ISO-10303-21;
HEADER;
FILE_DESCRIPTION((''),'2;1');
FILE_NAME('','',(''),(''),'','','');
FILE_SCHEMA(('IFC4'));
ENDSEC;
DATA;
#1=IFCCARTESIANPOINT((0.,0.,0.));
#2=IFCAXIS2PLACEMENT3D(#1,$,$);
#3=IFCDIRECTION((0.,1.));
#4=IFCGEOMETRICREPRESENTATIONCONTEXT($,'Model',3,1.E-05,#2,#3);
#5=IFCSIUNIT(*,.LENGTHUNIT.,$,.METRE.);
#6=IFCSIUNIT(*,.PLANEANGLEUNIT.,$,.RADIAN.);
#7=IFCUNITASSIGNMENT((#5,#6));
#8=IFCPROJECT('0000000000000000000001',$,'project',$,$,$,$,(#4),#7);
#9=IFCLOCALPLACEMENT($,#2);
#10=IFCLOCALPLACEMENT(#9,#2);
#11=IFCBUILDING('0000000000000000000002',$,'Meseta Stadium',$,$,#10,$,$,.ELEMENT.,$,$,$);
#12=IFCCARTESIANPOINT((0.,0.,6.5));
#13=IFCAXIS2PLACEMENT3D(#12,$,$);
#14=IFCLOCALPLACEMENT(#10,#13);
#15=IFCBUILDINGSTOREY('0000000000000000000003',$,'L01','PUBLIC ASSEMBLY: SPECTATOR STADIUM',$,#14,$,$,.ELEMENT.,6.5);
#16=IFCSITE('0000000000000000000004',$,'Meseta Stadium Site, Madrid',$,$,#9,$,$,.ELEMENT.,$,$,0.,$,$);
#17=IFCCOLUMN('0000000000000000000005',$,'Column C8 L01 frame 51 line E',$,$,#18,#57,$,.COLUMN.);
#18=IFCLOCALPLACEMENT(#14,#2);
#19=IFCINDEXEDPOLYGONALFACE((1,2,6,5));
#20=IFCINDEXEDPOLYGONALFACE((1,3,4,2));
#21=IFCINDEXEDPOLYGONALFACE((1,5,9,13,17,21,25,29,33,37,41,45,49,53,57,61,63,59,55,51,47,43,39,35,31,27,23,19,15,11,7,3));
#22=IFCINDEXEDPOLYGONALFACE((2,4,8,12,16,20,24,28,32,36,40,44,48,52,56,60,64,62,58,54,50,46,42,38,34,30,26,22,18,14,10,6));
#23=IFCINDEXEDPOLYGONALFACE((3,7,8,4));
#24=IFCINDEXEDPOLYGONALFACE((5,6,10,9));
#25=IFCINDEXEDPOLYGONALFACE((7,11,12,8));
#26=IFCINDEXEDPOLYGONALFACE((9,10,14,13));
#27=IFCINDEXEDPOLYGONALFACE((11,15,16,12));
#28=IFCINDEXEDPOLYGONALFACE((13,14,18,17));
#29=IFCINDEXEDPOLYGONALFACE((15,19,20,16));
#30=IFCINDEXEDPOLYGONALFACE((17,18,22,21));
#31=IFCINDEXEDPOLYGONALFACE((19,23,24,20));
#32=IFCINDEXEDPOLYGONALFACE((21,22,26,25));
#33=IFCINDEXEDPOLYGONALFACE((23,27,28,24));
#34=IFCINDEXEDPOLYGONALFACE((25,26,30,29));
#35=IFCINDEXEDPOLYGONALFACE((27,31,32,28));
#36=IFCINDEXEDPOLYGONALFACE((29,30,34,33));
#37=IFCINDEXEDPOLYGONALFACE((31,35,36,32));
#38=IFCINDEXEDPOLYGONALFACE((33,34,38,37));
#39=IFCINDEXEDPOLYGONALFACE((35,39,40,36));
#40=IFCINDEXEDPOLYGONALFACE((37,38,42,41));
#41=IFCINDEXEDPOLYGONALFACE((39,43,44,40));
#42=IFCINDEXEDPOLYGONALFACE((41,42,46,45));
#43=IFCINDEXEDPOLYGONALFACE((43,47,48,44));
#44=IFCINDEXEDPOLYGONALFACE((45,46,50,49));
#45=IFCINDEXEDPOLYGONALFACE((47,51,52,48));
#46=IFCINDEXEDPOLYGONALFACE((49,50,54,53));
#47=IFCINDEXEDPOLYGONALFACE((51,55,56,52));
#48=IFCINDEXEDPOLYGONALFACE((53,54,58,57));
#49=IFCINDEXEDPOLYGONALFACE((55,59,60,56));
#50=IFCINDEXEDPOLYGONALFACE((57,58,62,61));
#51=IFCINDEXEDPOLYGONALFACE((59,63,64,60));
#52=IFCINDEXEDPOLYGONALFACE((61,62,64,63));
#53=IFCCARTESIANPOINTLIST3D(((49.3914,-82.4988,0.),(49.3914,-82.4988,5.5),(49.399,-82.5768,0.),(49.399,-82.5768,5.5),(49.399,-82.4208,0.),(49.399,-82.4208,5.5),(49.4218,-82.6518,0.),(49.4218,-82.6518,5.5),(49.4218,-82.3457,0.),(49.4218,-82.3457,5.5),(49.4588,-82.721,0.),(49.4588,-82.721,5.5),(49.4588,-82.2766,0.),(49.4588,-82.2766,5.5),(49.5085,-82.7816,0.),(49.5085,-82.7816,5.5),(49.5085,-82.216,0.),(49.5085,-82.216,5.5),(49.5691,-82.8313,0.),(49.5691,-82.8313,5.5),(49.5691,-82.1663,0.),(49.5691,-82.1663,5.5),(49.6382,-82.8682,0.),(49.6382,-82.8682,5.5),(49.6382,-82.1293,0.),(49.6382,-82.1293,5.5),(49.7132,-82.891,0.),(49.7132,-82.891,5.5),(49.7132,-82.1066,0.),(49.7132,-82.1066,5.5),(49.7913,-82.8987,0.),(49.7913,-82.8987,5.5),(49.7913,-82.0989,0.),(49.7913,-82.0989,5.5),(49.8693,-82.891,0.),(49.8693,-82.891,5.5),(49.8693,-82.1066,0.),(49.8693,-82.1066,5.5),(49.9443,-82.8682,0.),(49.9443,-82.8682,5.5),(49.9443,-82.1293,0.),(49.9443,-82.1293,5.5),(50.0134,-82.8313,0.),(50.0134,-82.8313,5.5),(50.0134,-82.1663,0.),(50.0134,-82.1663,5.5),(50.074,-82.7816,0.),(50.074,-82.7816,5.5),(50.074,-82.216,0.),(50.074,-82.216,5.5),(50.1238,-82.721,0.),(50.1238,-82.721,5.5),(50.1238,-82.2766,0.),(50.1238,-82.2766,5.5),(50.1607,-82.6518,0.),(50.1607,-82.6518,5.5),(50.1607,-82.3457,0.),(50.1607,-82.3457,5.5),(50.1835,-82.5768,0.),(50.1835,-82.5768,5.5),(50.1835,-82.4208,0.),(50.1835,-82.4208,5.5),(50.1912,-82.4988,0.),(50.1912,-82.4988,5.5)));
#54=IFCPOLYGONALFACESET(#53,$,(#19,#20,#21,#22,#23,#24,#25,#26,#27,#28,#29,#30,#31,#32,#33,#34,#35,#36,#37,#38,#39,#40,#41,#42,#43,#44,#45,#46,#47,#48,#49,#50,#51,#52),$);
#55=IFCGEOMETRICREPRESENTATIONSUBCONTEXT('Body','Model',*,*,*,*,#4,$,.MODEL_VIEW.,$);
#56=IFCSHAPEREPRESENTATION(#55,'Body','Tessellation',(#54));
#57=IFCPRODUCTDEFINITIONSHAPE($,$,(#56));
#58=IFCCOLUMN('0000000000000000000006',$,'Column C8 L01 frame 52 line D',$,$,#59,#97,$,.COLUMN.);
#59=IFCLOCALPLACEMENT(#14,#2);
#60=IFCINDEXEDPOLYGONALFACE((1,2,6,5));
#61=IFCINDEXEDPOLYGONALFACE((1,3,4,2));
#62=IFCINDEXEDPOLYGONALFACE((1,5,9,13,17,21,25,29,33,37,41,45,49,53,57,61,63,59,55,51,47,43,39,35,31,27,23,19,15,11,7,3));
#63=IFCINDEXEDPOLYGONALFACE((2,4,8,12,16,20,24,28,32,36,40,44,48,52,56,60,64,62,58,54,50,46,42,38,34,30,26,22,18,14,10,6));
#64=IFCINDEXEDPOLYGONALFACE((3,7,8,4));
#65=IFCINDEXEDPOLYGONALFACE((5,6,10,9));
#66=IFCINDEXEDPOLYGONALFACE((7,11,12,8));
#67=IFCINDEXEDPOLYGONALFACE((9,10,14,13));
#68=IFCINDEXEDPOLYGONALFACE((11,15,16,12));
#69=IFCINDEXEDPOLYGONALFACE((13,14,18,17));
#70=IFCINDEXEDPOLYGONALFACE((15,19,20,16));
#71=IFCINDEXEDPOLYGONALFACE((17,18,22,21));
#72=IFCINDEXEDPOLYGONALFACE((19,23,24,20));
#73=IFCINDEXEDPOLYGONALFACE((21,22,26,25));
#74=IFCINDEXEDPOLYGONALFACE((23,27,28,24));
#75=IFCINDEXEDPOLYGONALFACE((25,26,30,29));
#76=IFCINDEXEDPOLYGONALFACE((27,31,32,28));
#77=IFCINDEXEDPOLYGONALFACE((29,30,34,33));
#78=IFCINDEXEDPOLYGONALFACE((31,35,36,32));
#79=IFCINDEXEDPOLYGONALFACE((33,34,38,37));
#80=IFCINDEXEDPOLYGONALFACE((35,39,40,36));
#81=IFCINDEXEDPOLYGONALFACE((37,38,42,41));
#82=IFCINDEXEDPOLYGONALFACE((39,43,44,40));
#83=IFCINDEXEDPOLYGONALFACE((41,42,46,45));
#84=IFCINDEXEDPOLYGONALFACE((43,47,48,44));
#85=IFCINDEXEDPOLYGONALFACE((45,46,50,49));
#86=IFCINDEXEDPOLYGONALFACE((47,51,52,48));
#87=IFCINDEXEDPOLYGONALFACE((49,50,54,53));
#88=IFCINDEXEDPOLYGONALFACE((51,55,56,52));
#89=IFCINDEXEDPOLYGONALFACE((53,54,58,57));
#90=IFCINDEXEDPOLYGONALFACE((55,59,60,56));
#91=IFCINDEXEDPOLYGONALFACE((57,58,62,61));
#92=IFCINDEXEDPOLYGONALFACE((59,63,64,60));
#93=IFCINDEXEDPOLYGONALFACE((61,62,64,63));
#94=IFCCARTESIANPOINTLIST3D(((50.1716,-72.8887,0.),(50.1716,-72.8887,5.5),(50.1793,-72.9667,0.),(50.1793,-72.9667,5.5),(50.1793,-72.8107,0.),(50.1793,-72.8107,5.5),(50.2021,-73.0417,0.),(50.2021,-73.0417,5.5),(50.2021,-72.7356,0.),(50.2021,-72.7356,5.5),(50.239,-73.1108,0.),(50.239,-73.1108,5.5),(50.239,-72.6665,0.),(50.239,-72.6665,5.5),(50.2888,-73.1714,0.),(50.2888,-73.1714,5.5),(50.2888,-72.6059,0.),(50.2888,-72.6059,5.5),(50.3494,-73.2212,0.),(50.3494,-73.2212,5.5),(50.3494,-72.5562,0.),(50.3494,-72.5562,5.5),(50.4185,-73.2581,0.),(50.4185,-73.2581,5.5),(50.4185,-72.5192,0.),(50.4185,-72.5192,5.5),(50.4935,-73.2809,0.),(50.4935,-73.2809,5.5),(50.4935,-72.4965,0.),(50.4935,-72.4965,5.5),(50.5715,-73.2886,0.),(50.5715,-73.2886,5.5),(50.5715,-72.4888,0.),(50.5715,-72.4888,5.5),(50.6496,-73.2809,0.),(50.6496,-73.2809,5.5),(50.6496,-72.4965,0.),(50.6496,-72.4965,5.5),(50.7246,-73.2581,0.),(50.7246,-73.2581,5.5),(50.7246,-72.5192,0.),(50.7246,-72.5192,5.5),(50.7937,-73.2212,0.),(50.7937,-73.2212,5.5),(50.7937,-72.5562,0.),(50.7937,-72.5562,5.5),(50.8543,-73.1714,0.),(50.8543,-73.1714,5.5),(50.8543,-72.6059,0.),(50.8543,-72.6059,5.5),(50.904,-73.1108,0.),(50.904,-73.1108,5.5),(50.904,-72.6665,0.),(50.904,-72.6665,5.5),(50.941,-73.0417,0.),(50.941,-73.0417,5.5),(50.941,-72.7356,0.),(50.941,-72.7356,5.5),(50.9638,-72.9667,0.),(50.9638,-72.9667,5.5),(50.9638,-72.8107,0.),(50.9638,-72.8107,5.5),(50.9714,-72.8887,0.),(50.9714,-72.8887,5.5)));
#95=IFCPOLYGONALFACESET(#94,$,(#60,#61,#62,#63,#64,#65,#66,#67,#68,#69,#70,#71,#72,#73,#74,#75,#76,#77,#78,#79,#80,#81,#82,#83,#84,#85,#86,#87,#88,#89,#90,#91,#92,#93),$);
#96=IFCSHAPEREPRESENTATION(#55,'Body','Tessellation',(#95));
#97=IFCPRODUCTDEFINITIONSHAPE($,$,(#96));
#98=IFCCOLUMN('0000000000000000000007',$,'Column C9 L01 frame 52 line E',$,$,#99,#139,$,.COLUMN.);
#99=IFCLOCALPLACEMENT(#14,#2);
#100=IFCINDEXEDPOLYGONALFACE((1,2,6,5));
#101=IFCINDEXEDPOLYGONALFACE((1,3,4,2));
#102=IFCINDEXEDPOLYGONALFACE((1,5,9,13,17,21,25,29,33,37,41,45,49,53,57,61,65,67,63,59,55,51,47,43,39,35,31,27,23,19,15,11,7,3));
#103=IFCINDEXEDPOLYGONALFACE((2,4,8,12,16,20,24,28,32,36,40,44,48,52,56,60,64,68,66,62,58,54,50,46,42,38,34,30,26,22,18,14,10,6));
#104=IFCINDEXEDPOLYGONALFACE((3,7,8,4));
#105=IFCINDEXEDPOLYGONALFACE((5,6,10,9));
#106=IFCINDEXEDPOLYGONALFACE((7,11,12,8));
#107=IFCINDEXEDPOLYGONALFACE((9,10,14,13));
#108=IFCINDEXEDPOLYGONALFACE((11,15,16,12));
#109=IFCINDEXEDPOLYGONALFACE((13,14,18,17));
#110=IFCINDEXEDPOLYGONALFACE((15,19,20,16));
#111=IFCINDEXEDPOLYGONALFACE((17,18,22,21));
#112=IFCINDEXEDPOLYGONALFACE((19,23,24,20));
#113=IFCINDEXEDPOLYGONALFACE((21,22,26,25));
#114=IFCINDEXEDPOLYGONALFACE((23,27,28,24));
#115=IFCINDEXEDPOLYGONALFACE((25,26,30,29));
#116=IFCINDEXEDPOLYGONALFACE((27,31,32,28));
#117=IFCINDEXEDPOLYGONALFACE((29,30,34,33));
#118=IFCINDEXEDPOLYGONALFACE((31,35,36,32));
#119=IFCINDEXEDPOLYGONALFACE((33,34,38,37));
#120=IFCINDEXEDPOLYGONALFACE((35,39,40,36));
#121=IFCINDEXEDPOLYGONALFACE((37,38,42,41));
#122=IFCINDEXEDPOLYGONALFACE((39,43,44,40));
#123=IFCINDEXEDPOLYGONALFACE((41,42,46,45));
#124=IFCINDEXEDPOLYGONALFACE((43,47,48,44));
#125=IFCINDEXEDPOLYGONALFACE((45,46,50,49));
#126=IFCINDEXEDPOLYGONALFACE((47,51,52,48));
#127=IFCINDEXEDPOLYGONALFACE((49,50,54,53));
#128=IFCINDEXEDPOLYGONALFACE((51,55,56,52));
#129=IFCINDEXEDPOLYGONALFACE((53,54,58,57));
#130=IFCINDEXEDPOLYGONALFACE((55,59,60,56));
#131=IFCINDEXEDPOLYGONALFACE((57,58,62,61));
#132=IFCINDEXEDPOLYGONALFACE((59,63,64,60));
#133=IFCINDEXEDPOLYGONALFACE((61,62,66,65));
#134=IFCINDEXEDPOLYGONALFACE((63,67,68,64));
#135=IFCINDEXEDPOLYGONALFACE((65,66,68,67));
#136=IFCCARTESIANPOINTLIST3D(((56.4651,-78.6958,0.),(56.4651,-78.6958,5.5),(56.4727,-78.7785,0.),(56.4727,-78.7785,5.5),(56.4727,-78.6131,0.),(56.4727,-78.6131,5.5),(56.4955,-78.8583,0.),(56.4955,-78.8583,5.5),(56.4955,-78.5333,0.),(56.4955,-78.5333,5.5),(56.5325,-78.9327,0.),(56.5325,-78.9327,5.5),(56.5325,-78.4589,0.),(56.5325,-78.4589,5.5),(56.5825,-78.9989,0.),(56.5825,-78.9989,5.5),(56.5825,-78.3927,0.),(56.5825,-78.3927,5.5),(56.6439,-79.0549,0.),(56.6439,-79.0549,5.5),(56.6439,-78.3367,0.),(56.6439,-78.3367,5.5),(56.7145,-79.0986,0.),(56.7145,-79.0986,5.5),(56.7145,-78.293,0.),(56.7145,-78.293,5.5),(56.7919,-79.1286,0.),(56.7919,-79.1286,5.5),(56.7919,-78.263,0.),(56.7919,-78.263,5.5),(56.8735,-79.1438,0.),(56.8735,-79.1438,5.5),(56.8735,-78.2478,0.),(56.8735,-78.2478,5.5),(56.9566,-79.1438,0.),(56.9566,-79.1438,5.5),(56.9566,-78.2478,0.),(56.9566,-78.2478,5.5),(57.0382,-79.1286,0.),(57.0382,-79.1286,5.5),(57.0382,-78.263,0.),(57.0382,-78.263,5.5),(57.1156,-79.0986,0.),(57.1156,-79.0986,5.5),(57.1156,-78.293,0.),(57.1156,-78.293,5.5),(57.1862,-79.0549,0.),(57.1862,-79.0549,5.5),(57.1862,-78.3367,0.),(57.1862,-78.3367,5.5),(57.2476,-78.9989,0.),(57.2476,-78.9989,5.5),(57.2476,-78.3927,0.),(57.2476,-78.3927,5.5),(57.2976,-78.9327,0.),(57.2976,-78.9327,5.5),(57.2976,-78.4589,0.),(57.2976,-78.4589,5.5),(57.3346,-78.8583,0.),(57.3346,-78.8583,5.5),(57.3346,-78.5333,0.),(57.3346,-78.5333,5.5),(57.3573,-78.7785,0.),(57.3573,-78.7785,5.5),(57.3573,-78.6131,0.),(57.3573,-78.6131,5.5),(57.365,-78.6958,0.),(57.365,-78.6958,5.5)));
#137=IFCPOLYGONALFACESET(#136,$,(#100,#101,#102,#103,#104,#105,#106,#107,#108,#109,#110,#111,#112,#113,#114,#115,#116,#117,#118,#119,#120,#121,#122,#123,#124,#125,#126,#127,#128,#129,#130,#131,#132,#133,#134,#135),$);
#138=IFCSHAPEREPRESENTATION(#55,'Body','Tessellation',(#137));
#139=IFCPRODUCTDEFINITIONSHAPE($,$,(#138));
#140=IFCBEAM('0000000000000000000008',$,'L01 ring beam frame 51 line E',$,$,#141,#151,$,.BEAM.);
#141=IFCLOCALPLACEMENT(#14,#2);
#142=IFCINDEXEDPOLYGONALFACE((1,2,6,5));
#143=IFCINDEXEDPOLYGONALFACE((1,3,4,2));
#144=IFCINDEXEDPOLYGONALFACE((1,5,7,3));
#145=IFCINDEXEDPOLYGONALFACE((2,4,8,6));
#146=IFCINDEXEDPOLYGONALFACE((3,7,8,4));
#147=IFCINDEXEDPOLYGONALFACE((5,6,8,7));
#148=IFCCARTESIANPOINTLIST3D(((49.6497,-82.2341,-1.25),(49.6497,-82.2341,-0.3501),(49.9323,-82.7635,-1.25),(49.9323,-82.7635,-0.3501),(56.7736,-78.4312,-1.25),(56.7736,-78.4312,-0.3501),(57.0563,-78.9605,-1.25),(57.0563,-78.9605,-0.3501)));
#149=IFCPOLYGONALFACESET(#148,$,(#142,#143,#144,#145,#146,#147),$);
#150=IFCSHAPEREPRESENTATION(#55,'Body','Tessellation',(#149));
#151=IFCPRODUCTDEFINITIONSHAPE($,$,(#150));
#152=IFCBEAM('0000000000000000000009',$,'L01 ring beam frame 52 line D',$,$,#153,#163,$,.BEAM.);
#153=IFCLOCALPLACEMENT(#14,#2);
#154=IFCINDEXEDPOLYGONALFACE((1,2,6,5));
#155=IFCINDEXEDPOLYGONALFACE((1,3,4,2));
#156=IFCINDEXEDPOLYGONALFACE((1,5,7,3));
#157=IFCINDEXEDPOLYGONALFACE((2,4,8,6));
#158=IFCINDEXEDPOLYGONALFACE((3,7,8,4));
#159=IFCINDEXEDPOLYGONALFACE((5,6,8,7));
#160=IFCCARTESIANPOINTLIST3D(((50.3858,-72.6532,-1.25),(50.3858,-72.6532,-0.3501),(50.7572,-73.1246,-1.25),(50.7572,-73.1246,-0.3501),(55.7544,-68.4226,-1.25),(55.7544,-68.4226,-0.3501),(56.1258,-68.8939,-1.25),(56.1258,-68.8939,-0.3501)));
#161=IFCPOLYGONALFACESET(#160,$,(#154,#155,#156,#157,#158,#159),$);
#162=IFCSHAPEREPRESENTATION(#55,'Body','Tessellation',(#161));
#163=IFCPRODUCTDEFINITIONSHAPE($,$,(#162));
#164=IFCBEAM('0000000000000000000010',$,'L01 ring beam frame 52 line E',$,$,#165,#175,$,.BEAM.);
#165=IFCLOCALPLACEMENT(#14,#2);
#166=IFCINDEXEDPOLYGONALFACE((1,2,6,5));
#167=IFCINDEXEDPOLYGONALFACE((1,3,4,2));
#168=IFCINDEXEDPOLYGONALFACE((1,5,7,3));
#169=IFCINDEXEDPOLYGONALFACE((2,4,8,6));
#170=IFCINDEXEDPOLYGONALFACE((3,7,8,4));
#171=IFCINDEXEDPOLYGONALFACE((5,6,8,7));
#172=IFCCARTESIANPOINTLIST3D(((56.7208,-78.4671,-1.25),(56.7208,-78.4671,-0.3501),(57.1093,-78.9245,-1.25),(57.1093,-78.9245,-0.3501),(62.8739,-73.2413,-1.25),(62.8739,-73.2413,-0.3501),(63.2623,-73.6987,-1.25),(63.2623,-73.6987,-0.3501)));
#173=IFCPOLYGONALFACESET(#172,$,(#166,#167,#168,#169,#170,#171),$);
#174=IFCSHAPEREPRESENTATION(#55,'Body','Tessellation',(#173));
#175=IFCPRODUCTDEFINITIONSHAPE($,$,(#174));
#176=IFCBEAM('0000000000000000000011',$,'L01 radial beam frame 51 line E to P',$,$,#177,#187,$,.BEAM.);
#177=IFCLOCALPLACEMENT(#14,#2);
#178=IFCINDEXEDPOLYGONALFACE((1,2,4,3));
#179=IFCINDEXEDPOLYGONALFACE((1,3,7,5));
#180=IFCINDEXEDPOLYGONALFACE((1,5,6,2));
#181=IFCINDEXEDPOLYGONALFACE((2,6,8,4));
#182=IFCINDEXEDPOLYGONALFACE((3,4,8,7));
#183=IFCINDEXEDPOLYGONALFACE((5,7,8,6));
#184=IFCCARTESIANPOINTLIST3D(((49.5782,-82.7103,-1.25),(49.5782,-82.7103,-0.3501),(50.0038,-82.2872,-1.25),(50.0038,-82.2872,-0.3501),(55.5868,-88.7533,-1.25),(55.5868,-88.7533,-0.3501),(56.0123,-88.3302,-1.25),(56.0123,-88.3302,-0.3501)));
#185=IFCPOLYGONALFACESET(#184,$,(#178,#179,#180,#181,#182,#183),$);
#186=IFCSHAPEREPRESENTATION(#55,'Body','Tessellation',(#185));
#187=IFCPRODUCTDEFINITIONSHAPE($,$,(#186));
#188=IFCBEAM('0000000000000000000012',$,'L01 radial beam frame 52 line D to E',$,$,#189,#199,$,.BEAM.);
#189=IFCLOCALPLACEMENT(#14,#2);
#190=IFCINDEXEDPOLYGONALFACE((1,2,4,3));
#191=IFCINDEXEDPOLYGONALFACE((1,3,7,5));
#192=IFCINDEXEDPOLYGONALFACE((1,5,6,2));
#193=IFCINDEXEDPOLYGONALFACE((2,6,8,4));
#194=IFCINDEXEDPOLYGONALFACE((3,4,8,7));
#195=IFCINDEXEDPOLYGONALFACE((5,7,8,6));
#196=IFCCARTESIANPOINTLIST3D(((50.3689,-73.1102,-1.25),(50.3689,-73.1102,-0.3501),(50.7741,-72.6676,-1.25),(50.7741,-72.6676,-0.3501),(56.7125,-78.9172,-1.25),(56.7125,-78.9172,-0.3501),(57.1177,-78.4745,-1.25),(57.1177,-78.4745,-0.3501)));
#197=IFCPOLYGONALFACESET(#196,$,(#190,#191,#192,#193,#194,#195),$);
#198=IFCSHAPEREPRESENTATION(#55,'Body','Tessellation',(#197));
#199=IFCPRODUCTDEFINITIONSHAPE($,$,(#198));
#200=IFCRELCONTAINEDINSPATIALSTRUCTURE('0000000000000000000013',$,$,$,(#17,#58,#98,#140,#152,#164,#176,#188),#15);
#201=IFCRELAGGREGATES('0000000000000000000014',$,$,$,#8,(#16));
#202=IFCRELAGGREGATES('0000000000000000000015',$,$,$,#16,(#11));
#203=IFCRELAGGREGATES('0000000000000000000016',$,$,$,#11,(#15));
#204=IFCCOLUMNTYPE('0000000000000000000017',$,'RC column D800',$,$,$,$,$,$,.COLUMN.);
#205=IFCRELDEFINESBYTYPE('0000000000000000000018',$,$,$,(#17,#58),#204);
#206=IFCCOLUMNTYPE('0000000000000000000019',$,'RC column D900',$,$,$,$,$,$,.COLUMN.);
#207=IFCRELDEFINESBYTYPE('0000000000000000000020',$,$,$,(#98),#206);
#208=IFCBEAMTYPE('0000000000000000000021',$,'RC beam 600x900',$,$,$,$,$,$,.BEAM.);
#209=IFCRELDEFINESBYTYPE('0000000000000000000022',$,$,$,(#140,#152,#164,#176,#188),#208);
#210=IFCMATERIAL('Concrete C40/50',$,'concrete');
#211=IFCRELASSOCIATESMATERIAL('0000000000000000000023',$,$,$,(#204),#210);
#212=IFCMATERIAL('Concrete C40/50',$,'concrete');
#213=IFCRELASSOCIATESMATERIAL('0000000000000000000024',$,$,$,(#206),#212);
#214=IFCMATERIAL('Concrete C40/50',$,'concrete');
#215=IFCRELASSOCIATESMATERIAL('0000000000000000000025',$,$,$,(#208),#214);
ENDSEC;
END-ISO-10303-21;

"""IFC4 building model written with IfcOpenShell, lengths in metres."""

from ifc_helpers import new_model, si_unit, direction, frame, origin, origin_2d, place, context, subcontext, project, spatial, rectangle, circle, extrude, material, material_profile, profile_set, type_object, element, save


model = new_model("IFC4")

# Units and contexts
model_context = context("Model", 3, precision=1e-05, world=origin(), true_north=direction((0.0, 1.0)))
body_context = subcontext(model_context, "Body", "Model", "MODEL_VIEW")
ifc_project = project(units=[si_unit("LENGTHUNIT", "METRE"), si_unit("PLANEANGLEUNIT", "RADIAN")], contexts=[model_context])

# Site, building, storey
site_placement = place(None, origin())
site = spatial("IfcSite", under=ifc_project, at=site_placement, Name="Meseta Stadium Site, Madrid", CompositionType="ELEMENT", RefElevation=0.0)
building_placement = place(site_placement, origin())
building = spatial("IfcBuilding", under=site, at=building_placement, Name="Meseta Stadium", CompositionType="ELEMENT")
storey_placement = place(building_placement, frame((0.0, 0.0, 6.5)))
storey = spatial("IfcBuildingStorey", under=building, at=storey_placement, Name="L01", Description="PUBLIC ASSEMBLY: SPECTATOR STADIUM", CompositionType="ELEMENT", Elevation=6.5)

# Columns
ifc_material_1 = material(Name="Concrete C40/50", Category="concrete")
ifc_material_profile_1 = material_profile(ifc_material_1, circle(Radius=0.3999, at=origin_2d()), Name="RC D800")
ifc_profile_set_1 = profile_set([ifc_material_profile_1], Name="Concrete C40/50")
column_type_1 = type_object("IfcColumnType", Name="RC column D800", PredefinedType="COLUMN", material=ifc_profile_set_1)
for number, where, z_axis, x_axis, name in (
    (1, (49.7913, -82.4988, 0.0), (0.0, 0.0, 1.0), (1.0, 0.0, 0.0), "Column C8 L01 frame 51 line E"),
    (2, (50.5715, -72.8887, 0.0), (0.0, 0.0, 1.0), (1.0, 0.0, 0.0), "Column C8 L01 frame 52 line D"),
):
    element("IfcColumn", number, at=place(storey_placement, frame(where, z_axis=z_axis, x_axis=x_axis)), inside=storey, type_object=column_type_1, Name=name, PredefinedType="COLUMN", context=body_context, shape_type="SweptSolid", body=[
        extrude(circle(Radius=0.3999, at=origin_2d()), origin(), (0.0, 0.0, 1.0), 5.5),
    ])
ifc_material_2 = material(Name="Concrete C40/50", Category="concrete")
ifc_material_profile_2 = material_profile(ifc_material_2, circle(Radius=0.45, at=origin_2d()), Name="RC D900")
ifc_profile_set_2 = profile_set([ifc_material_profile_2], Name="Concrete C40/50")
column_type_2 = type_object("IfcColumnType", Name="RC column D900", PredefinedType="COLUMN", material=ifc_profile_set_2)
column_placement = place(storey_placement, frame((56.915, -78.6958, 0.0), z_axis=(0.0, 0.0, 1.0), x_axis=(1.0, 0.0, 0.0)))
element("IfcColumn", 3, at=column_placement, inside=storey, type_object=column_type_2, Name="Column C9 L01 frame 52 line E", PredefinedType="COLUMN", context=body_context, shape_type="SweptSolid", body=[
    extrude(circle(Radius=0.45, at=origin_2d()), origin(), (0.0, 0.0, 1.0), 5.5),
])

# Beams
ifc_material_3 = material(Name="Concrete C40/50", Category="concrete")
ifc_material_profile_3 = material_profile(ifc_material_3, rectangle(XDim=0.6001, YDim=0.8999, at=origin_2d()), Name="RC 600x900")
ifc_profile_set_3 = profile_set([ifc_material_profile_3], Name="Concrete C40/50")
beam_type_1 = type_object("IfcBeamType", Name="RC beam 600x900", PredefinedType="BEAM", material=ifc_profile_set_3)
beam_1_placement = place(storey_placement, frame((49.791, -82.4988, -0.8), z_axis=(0.882173, 0.470926, 0.0), x_axis=(-0.470926, 0.882173, 0.0)))
element("IfcBeam", 4, at=beam_1_placement, inside=storey, type_object=beam_type_1, Name="L01 ring beam frame 51 line E", PredefinedType="BEAM", context=body_context, shape_type="SweptSolid", body=[
    extrude(rectangle(XDim=0.6001, YDim=0.8999, at=origin_2d()), origin(), (0.0, 0.0, 1.0), 8.0754),
])
beam_2_placement = place(storey_placement, frame((50.5715, -72.8889, -0.8), z_axis=(0.78543, 0.61895, 0.0), x_axis=(-0.61895, 0.78543, 0.0)))
element("IfcBeam", 5, at=beam_2_placement, inside=storey, type_object=beam_type_1, Name="L01 ring beam frame 52 line D", PredefinedType="BEAM", context=body_context, shape_type="SweptSolid", body=[
    extrude(rectangle(XDim=0.6001, YDim=0.8999, at=origin_2d()), origin(), (0.0, 0.0, 1.0), 6.8352),
])
beam_3_placement = place(storey_placement, frame((56.915, -78.6958, -0.8), z_axis=(0.762201, 0.64734, 0.0), x_axis=(-0.64734, 0.762201, 0.0)))
element("IfcBeam", 6, at=beam_3_placement, inside=storey, type_object=beam_type_1, Name="L01 ring beam frame 52 line E", PredefinedType="BEAM", context=body_context, shape_type="SweptSolid", body=[
    extrude(rectangle(XDim=0.6001, YDim=0.8999, at=origin_2d()), origin(), (0.0, 0.0, 1.0), 8.0728),
])
beam_4_placement = place(storey_placement, frame((49.791, -82.4988, -0.8), z_axis=(0.705084, -0.709124, 0.0), x_axis=(0.709124, 0.705084, 0.0)))
element("IfcBeam", 7, at=beam_4_placement, inside=storey, type_object=beam_type_1, Name="L01 radial beam frame 51 line E to P", PredefinedType="BEAM", context=body_context, shape_type="SweptSolid", body=[
    extrude(rectangle(XDim=0.6001, YDim=0.8999, at=origin_2d()), origin(), (0.0, 0.0, 1.0), 8.5217),
])
beam_5_placement = place(storey_placement, frame((50.5715, -72.8889, -0.8), z_axis=(0.737617, -0.675219, 0.0), x_axis=(0.675219, 0.737617, 0.0)))
element("IfcBeam", 8, at=beam_5_placement, inside=storey, type_object=beam_type_1, Name="L01 radial beam frame 52 line D to E", PredefinedType="BEAM", context=body_context, shape_type="SweptSolid", body=[
    extrude(rectangle(XDim=0.6001, YDim=0.8999, at=origin_2d()), origin(), (0.0, 0.0, 1.0), 8.6001),
])

save(model, "model.ifc")
